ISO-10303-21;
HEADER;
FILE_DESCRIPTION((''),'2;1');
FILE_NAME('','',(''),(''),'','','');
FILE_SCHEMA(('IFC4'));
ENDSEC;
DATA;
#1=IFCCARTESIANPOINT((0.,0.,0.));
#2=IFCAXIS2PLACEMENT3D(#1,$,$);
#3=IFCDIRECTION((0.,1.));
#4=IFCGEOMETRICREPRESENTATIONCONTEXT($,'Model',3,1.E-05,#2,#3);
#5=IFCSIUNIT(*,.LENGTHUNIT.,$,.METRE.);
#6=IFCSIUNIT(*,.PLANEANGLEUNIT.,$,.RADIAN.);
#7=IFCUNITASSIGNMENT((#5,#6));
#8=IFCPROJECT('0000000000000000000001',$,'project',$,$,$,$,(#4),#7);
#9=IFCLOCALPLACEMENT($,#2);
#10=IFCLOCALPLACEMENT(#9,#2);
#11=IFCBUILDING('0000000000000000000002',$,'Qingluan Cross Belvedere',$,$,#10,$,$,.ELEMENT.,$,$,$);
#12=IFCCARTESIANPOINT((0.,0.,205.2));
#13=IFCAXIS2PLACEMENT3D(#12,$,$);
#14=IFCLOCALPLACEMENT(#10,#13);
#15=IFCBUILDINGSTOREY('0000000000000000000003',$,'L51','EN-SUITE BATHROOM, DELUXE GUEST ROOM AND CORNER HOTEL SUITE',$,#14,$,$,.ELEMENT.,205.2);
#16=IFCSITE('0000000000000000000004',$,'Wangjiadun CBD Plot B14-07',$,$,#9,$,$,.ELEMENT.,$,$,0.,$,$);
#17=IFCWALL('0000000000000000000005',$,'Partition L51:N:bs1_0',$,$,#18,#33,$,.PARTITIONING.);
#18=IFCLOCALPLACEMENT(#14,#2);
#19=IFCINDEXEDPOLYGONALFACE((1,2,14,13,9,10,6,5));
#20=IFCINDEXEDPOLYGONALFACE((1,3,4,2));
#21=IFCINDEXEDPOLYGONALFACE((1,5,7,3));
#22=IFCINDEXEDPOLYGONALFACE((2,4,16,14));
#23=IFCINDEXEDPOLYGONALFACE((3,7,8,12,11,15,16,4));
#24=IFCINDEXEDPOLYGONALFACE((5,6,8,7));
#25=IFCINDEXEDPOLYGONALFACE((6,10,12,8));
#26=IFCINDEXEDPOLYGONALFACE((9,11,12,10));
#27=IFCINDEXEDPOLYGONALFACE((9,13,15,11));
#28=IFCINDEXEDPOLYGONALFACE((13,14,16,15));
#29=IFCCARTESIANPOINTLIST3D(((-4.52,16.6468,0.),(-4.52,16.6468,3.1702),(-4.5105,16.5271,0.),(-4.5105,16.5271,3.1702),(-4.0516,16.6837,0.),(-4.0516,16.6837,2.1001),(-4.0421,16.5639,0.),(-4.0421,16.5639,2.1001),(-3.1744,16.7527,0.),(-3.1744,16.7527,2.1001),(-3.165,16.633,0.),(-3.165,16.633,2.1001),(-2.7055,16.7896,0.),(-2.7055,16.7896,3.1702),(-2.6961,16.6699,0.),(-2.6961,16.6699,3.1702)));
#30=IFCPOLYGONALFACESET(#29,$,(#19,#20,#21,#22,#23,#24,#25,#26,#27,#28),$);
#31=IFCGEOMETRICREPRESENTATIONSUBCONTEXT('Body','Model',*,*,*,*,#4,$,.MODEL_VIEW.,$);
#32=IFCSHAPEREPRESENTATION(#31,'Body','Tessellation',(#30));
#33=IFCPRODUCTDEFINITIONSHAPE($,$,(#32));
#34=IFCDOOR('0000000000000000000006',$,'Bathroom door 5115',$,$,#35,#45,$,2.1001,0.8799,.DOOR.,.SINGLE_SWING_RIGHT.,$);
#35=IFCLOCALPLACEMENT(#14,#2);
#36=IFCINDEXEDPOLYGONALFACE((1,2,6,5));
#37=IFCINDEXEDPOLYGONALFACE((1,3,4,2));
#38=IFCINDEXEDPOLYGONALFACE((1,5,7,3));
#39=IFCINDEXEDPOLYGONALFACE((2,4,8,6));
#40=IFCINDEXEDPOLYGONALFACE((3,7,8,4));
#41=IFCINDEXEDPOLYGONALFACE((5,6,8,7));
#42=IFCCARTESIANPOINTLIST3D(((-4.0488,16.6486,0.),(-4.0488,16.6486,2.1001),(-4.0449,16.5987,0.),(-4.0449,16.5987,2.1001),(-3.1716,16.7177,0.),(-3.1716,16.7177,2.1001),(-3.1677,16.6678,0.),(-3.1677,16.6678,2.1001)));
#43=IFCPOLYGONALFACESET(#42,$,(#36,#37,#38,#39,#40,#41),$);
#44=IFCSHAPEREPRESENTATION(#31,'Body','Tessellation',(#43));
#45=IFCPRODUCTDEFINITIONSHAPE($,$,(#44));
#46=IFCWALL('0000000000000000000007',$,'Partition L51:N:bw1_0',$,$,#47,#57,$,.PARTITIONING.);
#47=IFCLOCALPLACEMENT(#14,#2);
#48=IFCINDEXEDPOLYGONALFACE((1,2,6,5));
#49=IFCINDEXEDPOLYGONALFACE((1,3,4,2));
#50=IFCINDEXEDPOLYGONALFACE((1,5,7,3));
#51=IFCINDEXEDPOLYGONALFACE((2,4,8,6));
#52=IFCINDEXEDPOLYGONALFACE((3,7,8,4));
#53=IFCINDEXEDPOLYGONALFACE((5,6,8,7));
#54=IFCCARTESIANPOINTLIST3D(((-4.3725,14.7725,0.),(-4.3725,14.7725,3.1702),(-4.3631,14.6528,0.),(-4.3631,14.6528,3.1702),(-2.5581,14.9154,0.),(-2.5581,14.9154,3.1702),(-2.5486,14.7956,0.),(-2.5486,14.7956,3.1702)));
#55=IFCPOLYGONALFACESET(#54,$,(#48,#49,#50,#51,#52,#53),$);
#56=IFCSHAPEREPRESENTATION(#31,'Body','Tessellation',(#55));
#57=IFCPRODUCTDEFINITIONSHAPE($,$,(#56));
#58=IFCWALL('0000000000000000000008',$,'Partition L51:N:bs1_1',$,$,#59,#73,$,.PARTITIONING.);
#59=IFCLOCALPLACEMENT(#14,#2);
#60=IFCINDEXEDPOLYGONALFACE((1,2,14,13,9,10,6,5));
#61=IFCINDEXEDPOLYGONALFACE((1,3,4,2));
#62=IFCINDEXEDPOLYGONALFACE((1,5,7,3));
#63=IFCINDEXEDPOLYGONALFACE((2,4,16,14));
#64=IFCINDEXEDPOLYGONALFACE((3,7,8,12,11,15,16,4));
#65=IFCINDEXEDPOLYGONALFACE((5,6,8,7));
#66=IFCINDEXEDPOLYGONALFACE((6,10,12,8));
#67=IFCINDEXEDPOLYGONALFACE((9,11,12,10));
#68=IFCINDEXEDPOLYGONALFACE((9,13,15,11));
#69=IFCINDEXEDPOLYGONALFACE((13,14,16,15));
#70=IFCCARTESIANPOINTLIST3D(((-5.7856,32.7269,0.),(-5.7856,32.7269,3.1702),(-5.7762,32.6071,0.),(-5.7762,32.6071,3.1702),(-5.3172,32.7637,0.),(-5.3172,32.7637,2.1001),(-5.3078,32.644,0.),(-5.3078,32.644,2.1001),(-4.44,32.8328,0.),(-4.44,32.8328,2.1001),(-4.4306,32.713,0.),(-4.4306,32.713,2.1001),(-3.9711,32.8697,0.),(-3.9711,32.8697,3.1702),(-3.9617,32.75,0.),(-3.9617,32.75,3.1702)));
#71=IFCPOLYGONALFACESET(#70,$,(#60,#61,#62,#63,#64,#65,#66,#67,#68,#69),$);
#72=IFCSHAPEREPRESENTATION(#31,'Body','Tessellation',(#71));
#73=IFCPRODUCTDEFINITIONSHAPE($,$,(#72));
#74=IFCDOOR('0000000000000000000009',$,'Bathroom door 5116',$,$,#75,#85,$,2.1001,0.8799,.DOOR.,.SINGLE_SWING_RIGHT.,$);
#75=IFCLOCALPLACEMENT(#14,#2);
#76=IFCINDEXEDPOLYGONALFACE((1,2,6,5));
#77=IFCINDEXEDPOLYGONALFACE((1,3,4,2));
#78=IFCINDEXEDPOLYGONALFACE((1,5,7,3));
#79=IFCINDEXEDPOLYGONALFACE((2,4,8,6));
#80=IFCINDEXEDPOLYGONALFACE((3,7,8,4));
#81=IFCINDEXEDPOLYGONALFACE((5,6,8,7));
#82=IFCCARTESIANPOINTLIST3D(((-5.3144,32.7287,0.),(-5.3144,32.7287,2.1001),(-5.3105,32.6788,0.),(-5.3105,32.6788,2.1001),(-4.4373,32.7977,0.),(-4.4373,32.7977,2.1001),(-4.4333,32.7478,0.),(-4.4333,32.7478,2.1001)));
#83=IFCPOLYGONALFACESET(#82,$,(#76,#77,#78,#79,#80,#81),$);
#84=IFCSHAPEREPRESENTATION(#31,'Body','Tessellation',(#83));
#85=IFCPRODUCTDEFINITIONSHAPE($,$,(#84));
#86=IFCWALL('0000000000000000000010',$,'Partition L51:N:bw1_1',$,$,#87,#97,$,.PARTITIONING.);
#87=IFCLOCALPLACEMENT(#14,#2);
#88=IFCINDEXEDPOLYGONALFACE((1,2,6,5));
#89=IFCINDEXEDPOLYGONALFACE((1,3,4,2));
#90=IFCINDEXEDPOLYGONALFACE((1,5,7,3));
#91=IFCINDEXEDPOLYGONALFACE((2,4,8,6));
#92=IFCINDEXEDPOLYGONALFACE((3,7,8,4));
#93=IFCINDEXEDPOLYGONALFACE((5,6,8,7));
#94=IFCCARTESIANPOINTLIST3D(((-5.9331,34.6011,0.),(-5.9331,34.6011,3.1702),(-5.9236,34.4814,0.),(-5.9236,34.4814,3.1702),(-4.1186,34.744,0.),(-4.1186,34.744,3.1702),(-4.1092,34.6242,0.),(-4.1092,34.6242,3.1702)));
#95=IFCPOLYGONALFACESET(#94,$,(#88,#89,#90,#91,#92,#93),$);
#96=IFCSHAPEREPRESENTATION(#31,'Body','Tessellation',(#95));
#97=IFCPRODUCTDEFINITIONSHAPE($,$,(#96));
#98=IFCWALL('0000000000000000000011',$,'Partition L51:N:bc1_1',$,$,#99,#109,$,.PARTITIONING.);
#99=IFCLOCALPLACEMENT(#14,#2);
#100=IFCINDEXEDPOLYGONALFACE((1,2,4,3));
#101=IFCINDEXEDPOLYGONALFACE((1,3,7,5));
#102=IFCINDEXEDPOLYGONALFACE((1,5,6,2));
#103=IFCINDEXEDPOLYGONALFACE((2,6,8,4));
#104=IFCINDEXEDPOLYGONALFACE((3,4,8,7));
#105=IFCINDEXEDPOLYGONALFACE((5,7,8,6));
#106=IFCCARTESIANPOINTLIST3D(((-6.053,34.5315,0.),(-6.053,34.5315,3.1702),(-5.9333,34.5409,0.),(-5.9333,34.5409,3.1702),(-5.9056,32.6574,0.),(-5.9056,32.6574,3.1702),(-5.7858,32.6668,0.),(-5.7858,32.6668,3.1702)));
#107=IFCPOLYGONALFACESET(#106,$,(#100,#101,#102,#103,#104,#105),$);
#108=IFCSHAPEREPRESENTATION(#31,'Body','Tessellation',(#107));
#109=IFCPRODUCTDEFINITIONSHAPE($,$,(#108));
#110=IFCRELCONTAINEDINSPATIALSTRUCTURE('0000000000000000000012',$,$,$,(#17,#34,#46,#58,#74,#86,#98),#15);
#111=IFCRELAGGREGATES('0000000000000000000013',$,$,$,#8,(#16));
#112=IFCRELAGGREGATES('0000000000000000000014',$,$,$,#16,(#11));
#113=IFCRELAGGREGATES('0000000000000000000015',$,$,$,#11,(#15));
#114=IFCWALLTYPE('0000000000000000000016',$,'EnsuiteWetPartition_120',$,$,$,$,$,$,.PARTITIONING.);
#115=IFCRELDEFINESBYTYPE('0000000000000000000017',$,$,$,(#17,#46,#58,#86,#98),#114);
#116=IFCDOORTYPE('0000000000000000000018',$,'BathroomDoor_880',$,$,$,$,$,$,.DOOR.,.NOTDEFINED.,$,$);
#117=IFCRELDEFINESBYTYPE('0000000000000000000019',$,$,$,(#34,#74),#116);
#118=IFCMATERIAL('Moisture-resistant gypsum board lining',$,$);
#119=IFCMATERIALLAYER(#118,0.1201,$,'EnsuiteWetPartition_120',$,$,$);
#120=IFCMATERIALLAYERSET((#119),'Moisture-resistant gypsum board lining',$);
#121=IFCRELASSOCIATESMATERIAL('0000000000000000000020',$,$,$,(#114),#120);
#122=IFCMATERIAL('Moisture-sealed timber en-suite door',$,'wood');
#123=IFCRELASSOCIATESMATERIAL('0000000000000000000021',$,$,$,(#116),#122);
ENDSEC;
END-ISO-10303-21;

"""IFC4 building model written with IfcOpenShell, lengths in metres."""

from ifc_helpers import new_model, si_unit, direction, frame, frame_2d, origin, place, context, subcontext, project, spatial, rectangle, extrude, material, layer, layer_set, type_object, element, fill, save


model = new_model("IFC4")

# Units and contexts
model_context = context("Model", 3, precision=1e-05, world=origin(), true_north=direction((0.0, 1.0)))
body_context = subcontext(model_context, "Body", "Model", "MODEL_VIEW")
ifc_project = project(units=[si_unit("LENGTHUNIT", "METRE"), si_unit("PLANEANGLEUNIT", "RADIAN")], contexts=[model_context])

# Site, building, storey
site_placement = place(None, origin())
site = spatial("IfcSite", under=ifc_project, at=site_placement, Name="Wangjiadun CBD Plot B14-07", CompositionType="ELEMENT", RefElevation=0.0)
building_placement = place(site_placement, origin())
building = spatial("IfcBuilding", under=site, at=building_placement, Name="Qingluan Cross Belvedere", CompositionType="ELEMENT")
storey_placement = place(building_placement, frame((0.0, 0.0, 205.2)))
storey = spatial("IfcBuildingStorey", under=building, at=storey_placement, Name="L51", Description="EN-SUITE BATHROOM, DELUXE GUEST ROOM AND CORNER HOTEL SUITE", CompositionType="ELEMENT", Elevation=205.2)

# Shared definitions
ifc_material_1 = material(Name="Moisture-resistant gypsum board lining")
ifc_layer_1 = layer(ifc_material_1, 0.1201, Name="EnsuiteWetPartition_120")
ifc_layer_set_1 = layer_set([ifc_layer_1], Name="Moisture-resistant gypsum board lining")
wall_type_1 = type_object("IfcWallType", Name="EnsuiteWetPartition_120", PredefinedType="PARTITIONING", material=ifc_layer_set_1)

# Wall, opening, door
wall_1_placement = place(storey_placement, frame((-4.5154, 16.5869, 0.0), z_axis=(0.0, 0.0, 1.0), x_axis=(0.996916, 0.078471, 0.0)))
wall_1 = element("IfcWall", 1, at=wall_1_placement, inside=storey, type_object=wall_type_1, Name="Partition L51:N:bs1_0", PredefinedType="PARTITIONING", context=body_context, shape_type="SweptSolid", body=[
    extrude(rectangle(XDim=1.8201, YDim=0.1201, at=frame_2d((0.9102, 0.0))), origin(), (0.0, 0.0, 1.0), 3.1702),
])
opening_1_placement = place(wall_1_placement, frame((0.47, 0.0, 0.0)))
opening_1 = element("IfcOpeningElement", 2, at=opening_1_placement, cuts=wall_1, PredefinedType="OPENING", context=body_context, shape_type="SweptSolid", body=[
    extrude(rectangle(XDim=0.8799, YDim=2.1001, at=frame_2d((0.4399, 1.05))), frame((0.0, 0.0701, 0.0), z_axis=(0.0, -1.0, 0.0), x_axis=(1.0, 0.0, 0.0)), (0.0, 0.0, 1.0), 0.1401),
])
ifc_material_2 = material(Name="Moisture-sealed timber en-suite door", Category="wood")
door_type_1 = type_object("IfcDoorType", Name="BathroomDoor_880", OperationType="NOTDEFINED", PredefinedType="DOOR", material=ifc_material_2)
door_1_placement = place(opening_1_placement, origin())
door_1 = element("IfcDoor", 3, at=door_1_placement, inside=storey, type_object=door_type_1, Name="Bathroom door 5115", OperationType="SINGLE_SWING_RIGHT", OverallHeight=2.1001, OverallWidth=0.8799, PredefinedType="DOOR", context=body_context, shape_type="SweptSolid", body=[
    extrude(rectangle(XDim=0.8799, YDim=2.1001, at=frame_2d((0.4399, 1.05))), frame((0.0, 0.0249, 0.0), z_axis=(0.0, -1.0, 0.0), x_axis=(1.0, 0.0, 0.0)), (0.0, 0.0, 1.0), 0.05),
])
fill(opening_1, door_1)

# Wall
wall_2_placement = place(storey_placement, frame((-4.3679, 14.7126, 0.0), z_axis=(0.0, 0.0, 1.0), x_axis=(0.996916, 0.078471, 0.0)))
element("IfcWall", 4, at=wall_2_placement, inside=storey, type_object=wall_type_1, Name="Partition L51:N:bw1_0", PredefinedType="PARTITIONING", context=body_context, shape_type="SweptSolid", body=[
    extrude(rectangle(XDim=1.8201, YDim=0.1201, at=frame_2d((0.9102, 0.0))), origin(), (0.0, 0.0, 1.0), 3.1702),
])

# Wall, opening, door
wall_3_placement = place(storey_placement, frame((-5.781, 32.667, 0.0), z_axis=(0.0, 0.0, 1.0), x_axis=(0.996916, 0.078471, 0.0)))
wall_3 = element("IfcWall", 5, at=wall_3_placement, inside=storey, type_object=wall_type_1, Name="Partition L51:N:bs1_1", PredefinedType="PARTITIONING", context=body_context, shape_type="SweptSolid", body=[
    extrude(rectangle(XDim=1.8201, YDim=0.1201, at=frame_2d((0.9102, 0.0))), origin(), (0.0, 0.0, 1.0), 3.1702),
])
opening_2_placement = place(wall_3_placement, frame((0.47, 0.0, 0.0)))
opening_2 = element("IfcOpeningElement", 6, at=opening_2_placement, cuts=wall_3, PredefinedType="OPENING", context=body_context, shape_type="SweptSolid", body=[
    extrude(rectangle(XDim=0.8799, YDim=2.1001, at=frame_2d((0.4399, 1.05))), frame((0.0, 0.0701, 0.0), z_axis=(0.0, -1.0, 0.0), x_axis=(1.0, 0.0, 0.0)), (0.0, 0.0, 1.0), 0.1401),
])
door_2_placement = place(opening_2_placement, origin())
door_2 = element("IfcDoor", 7, at=door_2_placement, inside=storey, type_object=door_type_1, Name="Bathroom door 5116", OperationType="SINGLE_SWING_RIGHT", OverallHeight=2.1001, OverallWidth=0.8799, PredefinedType="DOOR", context=body_context, shape_type="SweptSolid", body=[
    extrude(rectangle(XDim=0.8799, YDim=2.1001, at=frame_2d((0.4399, 1.05))), frame((0.0, 0.0249, 0.0), z_axis=(0.0, -1.0, 0.0), x_axis=(1.0, 0.0, 0.0)), (0.0, 0.0, 1.0), 0.05),
])
fill(opening_2, door_2)

# Walls
wall_4_placement = place(storey_placement, frame((-5.9285, 34.5413, 0.0), z_axis=(0.0, 0.0, 1.0), x_axis=(0.996916, 0.078471, 0.0)))
element("IfcWall", 8, at=wall_4_placement, inside=storey, type_object=wall_type_1, Name="Partition L51:N:bw1_1", PredefinedType="PARTITIONING", context=body_context, shape_type="SweptSolid", body=[
    extrude(rectangle(XDim=1.8201, YDim=0.1201, at=frame_2d((0.9102, 0.0))), origin(), (0.0, 0.0, 1.0), 3.1702),
])
wall_5_placement = place(storey_placement, frame((-5.8457, 32.6621, 0.0), z_axis=(0.0, 0.0, 1.0), x_axis=(-0.078444, 0.996918, 0.0)))
element("IfcWall", 9, at=wall_5_placement, inside=storey, type_object=wall_type_1, Name="Partition L51:N:bc1_1", PredefinedType="PARTITIONING", context=body_context, shape_type="SweptSolid", body=[
    extrude(rectangle(XDim=1.8799, YDim=0.1201, at=frame_2d((0.9399, 0.0))), origin(), (0.0, 0.0, 1.0), 3.1702),
])

save(model, "model.ifc")
